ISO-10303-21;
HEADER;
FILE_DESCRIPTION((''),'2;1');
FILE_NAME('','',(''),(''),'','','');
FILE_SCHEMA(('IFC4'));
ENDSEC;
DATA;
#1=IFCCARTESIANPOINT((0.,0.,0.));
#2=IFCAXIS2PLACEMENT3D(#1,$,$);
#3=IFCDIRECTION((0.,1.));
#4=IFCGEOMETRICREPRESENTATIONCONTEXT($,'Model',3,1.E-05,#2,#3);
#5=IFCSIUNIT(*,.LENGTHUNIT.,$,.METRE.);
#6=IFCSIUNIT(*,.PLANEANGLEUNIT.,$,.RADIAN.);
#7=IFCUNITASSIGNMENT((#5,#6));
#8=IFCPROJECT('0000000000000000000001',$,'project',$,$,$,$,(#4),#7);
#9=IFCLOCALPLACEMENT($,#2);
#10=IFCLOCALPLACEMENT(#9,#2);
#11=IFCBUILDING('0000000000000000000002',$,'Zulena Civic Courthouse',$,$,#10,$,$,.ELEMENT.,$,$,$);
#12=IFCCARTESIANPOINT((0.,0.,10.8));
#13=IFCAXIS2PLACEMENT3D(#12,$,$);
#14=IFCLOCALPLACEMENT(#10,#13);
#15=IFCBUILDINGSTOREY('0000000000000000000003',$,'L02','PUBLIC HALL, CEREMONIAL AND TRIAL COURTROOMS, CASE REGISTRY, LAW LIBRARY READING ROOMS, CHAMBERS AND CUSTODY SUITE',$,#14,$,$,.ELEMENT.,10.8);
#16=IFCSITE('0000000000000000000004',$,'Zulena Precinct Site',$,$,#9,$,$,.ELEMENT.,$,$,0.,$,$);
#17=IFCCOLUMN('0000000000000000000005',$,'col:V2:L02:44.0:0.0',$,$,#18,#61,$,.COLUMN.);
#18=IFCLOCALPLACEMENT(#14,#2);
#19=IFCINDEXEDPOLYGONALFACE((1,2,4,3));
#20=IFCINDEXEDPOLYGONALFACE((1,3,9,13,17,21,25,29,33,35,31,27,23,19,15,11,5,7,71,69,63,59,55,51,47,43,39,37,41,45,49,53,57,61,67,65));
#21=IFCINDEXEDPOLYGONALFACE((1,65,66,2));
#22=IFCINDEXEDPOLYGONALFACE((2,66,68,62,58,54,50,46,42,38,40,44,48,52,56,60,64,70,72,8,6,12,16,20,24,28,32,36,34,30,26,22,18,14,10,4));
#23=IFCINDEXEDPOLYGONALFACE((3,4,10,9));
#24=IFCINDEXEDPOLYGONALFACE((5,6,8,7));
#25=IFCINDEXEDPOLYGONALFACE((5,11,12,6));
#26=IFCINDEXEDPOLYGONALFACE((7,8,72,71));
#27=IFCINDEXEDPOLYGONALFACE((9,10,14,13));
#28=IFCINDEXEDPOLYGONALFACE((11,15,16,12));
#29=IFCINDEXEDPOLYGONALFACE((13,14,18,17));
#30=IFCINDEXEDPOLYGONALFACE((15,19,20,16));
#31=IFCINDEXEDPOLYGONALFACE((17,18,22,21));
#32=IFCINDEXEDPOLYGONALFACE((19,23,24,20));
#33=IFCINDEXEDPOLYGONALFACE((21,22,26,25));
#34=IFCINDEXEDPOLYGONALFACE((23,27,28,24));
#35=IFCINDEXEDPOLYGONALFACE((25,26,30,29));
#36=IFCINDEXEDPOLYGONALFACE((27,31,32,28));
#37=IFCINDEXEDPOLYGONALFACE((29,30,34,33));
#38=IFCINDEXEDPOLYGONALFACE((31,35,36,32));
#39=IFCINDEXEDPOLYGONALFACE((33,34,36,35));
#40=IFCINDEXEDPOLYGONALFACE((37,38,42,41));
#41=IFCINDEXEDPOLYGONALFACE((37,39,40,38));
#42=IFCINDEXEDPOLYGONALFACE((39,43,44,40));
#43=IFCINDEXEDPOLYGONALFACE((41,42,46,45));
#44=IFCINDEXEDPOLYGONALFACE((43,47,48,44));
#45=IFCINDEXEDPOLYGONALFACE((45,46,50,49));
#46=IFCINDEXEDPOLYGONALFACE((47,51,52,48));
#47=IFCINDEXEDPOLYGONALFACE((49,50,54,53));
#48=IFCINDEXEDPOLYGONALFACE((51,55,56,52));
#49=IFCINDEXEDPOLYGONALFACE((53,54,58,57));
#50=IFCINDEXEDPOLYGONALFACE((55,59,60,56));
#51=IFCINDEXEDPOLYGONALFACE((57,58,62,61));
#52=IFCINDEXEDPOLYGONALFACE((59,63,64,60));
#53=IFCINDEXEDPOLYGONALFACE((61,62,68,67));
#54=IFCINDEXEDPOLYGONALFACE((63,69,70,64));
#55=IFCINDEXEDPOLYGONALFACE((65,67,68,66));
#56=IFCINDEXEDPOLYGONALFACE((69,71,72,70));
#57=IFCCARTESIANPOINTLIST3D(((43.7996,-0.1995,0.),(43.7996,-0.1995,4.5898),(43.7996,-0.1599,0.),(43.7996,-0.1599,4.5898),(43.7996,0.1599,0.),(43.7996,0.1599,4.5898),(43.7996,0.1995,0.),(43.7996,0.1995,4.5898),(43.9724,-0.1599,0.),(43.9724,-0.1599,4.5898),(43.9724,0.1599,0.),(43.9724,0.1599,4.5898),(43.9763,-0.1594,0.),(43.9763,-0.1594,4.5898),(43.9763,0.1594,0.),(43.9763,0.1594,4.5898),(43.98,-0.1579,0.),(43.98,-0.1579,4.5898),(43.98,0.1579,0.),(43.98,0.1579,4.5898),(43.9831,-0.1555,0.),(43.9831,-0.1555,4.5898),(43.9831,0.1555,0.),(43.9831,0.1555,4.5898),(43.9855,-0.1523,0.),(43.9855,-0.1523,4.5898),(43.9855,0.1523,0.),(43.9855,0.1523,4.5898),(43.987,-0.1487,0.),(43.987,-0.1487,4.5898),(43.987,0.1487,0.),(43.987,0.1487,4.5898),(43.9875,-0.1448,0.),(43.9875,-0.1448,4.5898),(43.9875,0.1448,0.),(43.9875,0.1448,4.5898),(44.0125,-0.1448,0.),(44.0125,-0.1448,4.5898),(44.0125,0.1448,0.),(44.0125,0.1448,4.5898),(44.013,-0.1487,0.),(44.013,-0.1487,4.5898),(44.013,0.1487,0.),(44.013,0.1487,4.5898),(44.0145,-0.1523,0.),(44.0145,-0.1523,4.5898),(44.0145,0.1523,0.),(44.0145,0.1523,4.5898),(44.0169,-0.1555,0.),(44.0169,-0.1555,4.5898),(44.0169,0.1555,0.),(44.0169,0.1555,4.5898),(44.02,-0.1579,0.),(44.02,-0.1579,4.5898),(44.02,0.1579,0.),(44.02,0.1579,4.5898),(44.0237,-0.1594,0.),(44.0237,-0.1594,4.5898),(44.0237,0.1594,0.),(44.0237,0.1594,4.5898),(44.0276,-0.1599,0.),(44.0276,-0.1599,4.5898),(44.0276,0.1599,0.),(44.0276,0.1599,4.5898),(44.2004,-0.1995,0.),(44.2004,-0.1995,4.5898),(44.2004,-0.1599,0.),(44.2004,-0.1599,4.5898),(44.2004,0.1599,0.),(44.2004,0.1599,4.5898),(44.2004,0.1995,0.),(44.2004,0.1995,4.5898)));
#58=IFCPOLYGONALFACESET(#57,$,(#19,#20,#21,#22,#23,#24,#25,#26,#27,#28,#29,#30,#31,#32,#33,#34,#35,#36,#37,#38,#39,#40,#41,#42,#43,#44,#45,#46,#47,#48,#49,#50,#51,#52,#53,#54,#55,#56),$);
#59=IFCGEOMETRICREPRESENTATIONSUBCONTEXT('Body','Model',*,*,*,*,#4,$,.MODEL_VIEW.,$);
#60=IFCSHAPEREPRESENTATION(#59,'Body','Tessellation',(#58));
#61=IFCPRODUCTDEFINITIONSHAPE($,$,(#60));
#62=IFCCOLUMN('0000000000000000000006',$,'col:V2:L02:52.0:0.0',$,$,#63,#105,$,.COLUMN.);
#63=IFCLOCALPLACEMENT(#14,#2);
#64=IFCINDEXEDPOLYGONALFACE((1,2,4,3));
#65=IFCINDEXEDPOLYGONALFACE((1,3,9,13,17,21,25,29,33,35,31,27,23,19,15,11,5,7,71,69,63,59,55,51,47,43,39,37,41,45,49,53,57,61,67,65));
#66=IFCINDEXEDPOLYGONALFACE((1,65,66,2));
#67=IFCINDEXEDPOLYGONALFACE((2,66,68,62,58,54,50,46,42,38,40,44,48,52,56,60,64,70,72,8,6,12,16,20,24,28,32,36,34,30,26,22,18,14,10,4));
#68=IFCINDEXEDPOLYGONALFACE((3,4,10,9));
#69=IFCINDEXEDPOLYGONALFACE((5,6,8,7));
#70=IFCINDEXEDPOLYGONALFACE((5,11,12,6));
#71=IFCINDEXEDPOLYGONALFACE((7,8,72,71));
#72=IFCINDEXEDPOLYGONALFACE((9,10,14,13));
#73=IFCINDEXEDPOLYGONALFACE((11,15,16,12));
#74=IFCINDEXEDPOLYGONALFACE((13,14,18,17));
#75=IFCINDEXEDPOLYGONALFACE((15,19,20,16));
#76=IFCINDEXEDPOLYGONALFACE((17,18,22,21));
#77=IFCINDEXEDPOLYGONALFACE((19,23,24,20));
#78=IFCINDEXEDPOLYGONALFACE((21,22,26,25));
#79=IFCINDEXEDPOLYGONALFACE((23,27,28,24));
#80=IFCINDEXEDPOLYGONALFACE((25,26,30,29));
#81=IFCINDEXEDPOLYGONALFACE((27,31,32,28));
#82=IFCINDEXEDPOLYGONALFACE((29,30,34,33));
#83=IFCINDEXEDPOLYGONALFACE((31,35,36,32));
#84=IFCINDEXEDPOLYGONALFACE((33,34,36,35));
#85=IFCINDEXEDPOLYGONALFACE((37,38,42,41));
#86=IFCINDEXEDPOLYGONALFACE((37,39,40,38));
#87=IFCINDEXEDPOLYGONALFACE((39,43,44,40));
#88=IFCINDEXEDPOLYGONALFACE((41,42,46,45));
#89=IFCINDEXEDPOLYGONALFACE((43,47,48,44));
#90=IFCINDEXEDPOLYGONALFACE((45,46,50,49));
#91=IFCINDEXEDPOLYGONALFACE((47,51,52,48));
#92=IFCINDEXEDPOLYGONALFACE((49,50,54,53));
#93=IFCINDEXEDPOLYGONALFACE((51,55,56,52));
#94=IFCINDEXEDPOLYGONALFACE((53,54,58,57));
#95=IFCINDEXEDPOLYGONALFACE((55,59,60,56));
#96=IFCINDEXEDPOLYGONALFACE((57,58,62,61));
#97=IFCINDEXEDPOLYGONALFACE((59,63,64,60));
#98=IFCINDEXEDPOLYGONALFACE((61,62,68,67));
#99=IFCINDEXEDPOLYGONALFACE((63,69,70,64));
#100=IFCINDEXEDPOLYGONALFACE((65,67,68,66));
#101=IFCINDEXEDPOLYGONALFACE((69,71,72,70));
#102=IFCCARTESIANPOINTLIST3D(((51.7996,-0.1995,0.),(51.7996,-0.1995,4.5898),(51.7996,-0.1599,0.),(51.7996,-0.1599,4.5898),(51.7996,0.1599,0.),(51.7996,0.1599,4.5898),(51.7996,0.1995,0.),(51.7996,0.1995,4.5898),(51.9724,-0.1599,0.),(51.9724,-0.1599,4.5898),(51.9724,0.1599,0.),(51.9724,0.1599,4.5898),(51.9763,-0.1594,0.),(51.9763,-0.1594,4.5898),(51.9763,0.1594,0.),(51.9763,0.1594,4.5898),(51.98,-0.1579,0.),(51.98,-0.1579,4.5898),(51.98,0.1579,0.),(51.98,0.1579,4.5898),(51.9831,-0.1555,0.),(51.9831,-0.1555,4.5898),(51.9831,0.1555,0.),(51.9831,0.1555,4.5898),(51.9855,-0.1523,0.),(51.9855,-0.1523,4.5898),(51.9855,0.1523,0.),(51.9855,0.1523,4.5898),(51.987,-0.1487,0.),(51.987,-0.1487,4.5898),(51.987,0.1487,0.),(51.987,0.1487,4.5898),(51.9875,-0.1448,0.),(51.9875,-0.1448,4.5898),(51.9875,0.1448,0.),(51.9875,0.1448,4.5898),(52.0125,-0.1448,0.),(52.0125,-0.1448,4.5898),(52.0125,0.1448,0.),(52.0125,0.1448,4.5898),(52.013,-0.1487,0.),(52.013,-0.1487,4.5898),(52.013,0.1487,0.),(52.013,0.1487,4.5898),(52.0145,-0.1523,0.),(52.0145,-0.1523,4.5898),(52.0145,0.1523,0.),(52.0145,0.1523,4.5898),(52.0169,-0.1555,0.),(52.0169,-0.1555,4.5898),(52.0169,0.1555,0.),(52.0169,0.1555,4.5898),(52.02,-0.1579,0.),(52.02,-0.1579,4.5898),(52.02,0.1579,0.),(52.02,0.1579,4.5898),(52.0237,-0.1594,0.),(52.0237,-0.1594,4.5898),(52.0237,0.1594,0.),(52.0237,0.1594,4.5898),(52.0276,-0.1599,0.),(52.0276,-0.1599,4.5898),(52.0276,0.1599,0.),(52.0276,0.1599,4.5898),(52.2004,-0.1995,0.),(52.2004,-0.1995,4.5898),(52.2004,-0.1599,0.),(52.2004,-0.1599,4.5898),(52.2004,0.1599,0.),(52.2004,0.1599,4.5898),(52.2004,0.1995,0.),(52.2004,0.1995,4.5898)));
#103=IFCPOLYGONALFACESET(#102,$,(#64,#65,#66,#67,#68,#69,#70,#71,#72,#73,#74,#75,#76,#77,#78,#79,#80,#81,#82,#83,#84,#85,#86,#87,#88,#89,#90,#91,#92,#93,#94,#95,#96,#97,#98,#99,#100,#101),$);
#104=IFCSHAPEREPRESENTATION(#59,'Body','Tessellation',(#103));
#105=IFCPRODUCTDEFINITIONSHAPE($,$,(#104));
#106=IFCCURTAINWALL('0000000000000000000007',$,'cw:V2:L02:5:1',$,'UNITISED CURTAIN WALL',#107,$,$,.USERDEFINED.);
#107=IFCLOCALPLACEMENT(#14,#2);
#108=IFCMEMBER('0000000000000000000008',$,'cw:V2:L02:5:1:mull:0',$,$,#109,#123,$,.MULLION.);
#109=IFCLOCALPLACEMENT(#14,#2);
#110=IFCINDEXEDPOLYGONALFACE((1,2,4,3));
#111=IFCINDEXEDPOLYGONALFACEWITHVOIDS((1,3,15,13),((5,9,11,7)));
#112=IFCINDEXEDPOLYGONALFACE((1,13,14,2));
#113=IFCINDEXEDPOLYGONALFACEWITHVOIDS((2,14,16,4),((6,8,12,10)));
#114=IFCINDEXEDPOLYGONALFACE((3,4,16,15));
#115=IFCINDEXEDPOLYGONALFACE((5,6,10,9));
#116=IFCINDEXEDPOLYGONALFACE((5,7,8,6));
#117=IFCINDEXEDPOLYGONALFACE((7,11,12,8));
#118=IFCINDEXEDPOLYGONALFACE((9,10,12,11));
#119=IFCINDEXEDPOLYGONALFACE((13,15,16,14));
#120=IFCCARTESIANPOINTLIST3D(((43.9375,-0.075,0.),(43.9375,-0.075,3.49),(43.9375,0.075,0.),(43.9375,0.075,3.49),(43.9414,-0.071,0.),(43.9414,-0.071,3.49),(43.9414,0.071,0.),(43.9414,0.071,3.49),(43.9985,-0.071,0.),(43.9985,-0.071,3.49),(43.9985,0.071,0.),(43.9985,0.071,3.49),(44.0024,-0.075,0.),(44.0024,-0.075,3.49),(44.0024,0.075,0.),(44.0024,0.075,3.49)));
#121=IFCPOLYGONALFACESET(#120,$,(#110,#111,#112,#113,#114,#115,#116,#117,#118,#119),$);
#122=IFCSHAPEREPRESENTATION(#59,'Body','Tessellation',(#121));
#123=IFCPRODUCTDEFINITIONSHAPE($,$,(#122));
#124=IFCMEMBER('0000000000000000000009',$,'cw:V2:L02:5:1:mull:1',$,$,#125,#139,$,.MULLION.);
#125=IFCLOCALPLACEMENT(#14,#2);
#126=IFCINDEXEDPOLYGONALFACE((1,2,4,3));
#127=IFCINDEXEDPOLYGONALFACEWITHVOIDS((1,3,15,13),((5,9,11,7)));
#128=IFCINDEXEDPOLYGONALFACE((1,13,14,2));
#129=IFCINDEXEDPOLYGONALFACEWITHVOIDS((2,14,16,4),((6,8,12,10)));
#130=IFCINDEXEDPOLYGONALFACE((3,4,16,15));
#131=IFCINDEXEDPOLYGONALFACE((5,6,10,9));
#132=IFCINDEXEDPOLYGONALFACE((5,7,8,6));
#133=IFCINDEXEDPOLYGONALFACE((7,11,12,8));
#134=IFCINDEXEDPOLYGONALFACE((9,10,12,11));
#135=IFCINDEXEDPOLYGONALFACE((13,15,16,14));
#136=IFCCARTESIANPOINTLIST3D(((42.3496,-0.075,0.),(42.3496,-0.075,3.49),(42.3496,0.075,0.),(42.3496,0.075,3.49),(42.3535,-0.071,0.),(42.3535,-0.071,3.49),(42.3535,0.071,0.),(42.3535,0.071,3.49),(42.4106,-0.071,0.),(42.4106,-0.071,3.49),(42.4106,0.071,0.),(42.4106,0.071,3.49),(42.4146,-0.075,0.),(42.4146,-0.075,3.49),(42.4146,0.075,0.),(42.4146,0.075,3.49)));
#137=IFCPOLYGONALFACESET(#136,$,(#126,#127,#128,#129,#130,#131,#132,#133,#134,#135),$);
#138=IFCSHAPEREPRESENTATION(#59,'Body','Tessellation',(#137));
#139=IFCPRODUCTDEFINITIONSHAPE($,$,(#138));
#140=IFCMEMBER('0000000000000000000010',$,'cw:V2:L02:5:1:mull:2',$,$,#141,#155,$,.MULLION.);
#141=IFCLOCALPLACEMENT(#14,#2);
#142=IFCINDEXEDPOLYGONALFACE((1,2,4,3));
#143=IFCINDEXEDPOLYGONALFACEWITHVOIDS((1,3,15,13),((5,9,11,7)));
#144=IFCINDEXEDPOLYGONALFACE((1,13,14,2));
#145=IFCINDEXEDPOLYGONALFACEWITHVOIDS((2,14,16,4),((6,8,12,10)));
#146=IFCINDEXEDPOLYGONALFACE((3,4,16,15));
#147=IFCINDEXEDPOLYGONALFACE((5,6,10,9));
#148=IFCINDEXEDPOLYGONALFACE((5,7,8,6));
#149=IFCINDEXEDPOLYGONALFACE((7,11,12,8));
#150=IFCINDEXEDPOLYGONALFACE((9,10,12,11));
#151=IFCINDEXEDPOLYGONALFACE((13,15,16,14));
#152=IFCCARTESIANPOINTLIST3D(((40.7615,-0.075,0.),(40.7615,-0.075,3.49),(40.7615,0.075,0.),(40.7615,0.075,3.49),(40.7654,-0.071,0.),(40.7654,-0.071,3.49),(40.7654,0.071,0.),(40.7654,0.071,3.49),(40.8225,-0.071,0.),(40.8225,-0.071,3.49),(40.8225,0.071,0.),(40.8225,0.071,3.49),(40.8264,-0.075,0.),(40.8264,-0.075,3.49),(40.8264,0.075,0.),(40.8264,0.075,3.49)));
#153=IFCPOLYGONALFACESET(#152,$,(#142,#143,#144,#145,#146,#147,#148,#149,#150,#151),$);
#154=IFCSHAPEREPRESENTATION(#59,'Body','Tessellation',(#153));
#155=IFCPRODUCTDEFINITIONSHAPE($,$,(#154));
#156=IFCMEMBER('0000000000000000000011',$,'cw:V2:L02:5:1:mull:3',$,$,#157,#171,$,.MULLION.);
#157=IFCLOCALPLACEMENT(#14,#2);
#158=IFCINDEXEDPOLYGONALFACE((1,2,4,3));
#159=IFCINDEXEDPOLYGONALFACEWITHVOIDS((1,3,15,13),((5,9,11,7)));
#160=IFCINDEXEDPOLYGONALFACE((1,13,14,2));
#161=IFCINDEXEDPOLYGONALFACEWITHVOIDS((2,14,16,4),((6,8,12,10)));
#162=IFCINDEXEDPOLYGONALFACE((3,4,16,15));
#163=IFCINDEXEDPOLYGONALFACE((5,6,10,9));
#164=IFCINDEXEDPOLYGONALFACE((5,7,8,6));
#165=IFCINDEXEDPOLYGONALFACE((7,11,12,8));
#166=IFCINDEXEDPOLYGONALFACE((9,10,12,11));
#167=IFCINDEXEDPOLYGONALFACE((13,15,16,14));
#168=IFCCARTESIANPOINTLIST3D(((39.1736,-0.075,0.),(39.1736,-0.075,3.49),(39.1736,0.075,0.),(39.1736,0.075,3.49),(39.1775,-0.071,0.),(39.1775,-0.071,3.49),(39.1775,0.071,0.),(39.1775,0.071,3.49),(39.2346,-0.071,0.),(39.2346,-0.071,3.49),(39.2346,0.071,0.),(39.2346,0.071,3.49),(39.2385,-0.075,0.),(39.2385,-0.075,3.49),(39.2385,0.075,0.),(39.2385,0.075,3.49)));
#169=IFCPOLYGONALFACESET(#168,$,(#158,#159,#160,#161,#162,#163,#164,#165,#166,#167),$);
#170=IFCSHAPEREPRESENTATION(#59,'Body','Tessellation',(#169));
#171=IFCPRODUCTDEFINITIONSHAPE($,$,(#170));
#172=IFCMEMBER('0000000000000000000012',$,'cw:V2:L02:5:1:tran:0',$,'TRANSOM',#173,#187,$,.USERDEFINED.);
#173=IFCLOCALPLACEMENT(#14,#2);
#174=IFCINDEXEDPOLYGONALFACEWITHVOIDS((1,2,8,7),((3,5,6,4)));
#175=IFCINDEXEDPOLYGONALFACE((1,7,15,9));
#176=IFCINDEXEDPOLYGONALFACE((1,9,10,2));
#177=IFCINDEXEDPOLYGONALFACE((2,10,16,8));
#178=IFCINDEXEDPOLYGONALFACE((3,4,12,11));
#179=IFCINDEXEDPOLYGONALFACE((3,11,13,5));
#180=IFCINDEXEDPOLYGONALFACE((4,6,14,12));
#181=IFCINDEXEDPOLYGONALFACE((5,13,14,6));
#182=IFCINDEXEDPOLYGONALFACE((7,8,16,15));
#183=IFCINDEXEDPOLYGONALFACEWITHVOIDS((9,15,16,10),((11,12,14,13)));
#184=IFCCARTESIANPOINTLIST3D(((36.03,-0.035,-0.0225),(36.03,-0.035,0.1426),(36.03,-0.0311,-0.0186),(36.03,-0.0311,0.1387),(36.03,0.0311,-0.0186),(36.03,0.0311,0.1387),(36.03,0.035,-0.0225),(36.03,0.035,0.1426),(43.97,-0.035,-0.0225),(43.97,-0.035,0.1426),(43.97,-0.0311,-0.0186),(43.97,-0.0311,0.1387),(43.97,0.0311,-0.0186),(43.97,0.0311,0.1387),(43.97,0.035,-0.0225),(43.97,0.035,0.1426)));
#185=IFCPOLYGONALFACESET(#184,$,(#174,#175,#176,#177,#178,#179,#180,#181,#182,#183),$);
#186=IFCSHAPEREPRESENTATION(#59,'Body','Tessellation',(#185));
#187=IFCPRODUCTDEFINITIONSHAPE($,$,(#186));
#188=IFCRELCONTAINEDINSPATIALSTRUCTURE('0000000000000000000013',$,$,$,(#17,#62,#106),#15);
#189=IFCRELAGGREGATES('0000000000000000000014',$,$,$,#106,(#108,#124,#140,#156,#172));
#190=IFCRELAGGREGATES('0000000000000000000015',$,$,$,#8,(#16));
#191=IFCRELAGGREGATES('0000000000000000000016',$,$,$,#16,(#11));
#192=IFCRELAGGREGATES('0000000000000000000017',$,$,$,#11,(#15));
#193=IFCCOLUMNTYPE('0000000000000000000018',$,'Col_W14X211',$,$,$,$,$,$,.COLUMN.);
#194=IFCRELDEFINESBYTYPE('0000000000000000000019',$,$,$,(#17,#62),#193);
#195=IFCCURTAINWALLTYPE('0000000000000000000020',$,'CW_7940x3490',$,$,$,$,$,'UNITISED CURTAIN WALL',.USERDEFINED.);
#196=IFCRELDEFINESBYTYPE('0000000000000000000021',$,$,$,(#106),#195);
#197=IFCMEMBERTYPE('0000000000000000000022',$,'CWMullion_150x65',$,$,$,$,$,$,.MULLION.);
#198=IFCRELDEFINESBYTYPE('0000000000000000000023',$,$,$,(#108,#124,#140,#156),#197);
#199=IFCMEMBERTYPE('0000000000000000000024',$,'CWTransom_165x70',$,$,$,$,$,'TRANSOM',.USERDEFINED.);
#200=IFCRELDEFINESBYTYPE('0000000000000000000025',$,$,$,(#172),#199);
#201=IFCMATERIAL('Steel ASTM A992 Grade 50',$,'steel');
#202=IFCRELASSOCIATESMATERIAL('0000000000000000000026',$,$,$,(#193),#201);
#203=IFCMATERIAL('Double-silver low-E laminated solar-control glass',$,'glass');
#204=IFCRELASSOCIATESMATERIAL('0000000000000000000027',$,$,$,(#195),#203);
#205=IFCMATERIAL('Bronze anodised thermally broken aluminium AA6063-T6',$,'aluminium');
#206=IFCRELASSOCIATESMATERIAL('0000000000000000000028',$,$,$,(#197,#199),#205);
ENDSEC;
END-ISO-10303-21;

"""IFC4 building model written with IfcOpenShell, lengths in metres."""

from ifc_helpers import new_model, si_unit, direction, frame, origin, origin_2d, place, context, subcontext, project, spatial, hollow_rectangle, i_section, extrude, material, material_profile, profile_set, type_object, element, aggregate, save


model = new_model("IFC4")

# Units and contexts
model_context = context("Model", 3, precision=1e-05, world=origin(), true_north=direction((0.0, 1.0)))
body_context = subcontext(model_context, "Body", "Model", "MODEL_VIEW")
ifc_project = project(units=[si_unit("LENGTHUNIT", "METRE"), si_unit("PLANEANGLEUNIT", "RADIAN")], contexts=[model_context])

# Site, building, storey
site_placement = place(None, origin())
site = spatial("IfcSite", under=ifc_project, at=site_placement, Name="Zulena Precinct Site", CompositionType="ELEMENT", RefElevation=0.0)
building_placement = place(site_placement, origin())
building = spatial("IfcBuilding", under=site, at=building_placement, Name="Zulena Civic Courthouse", CompositionType="ELEMENT")
storey_placement = place(building_placement, frame((0.0, 0.0, 10.8)))
storey = spatial("IfcBuildingStorey", under=building, at=storey_placement, Name="L02", Description="PUBLIC HALL, CEREMONIAL AND TRIAL COURTROOMS, CASE REGISTRY, LAW LIBRARY READING ROOMS, CHAMBERS AND CUSTODY SUITE", CompositionType="ELEMENT", Elevation=10.8)

# Columns
ifc_material_1 = material(Name="Steel ASTM A992 Grade 50", Category="steel")
ifc_material_profile_1 = material_profile(ifc_material_1, i_section(OverallWidth=0.4009, OverallDepth=0.3989, WebThickness=0.0249, FlangeThickness=0.0396, FilletRadius=0.0151, at=origin_2d()), Name="W14X211")
ifc_profile_set_1 = profile_set([ifc_material_profile_1], Name="Steel ASTM A992 Grade 50")
column_type = type_object("IfcColumnType", Name="Col_W14X211", PredefinedType="COLUMN", material=ifc_profile_set_1)
for number, where, z_axis, x_axis, name in (
    (1, (44.0, 0.0, 0.0), (0.0, 0.0, 1.0), (1.0, 0.0, 0.0), "col:V2:L02:44.0:0.0"),
    (2, (52.0, 0.0, 0.0), (0.0, 0.0, 1.0), (1.0, 0.0, 0.0), "col:V2:L02:52.0:0.0"),
):
    element("IfcColumn", number, at=place(storey_placement, frame(where, z_axis=z_axis, x_axis=x_axis)), inside=storey, type_object=column_type, Name=name, PredefinedType="COLUMN", context=body_context, shape_type="SweptSolid", body=[
        extrude(i_section(OverallWidth=0.4009, OverallDepth=0.3989, WebThickness=0.0249, FlangeThickness=0.0396, FilletRadius=0.0151, at=origin_2d()), origin(), (0.0, 0.0, 1.0), 4.5898),
    ])

# Curtain wall, members
ifc_material_2 = material(Name="Double-silver low-E laminated solar-control glass", Category="glass")
curtain_wall_type = type_object("IfcCurtainWallType", Name="CW_7940x3490", ElementType="UNITISED CURTAIN WALL", PredefinedType="USERDEFINED", material=ifc_material_2)
curtain_wall_placement = place(storey_placement, origin())
curtain_wall = element("IfcCurtainWall", 3, at=curtain_wall_placement, inside=storey, type_object=curtain_wall_type, Name="cw:V2:L02:5:1", ObjectType="UNITISED CURTAIN WALL", PredefinedType="USERDEFINED")
ifc_material_3 = material(Name="Bronze anodised thermally broken aluminium AA6063-T6", Category="aluminium")
ifc_material_profile_2 = material_profile(ifc_material_3, hollow_rectangle(XDim=0.0649, YDim=0.1499, WallThickness=0.0039, at=origin_2d()), Name="CWM150X65X4")
ifc_profile_set_2 = profile_set([ifc_material_profile_2], Name="Bronze anodised thermally broken aluminium AA6063-T6")
member_type_1 = type_object("IfcMemberType", Name="CWMullion_150x65", PredefinedType="MULLION", material=ifc_profile_set_2)
member_1_placement = place(storey_placement, frame((43.97, 0.0, 0.0), z_axis=(0.0, 0.0, 1.0), x_axis=(1.0, 0.0, 0.0)))
member_1 = element("IfcMember", 4, at=member_1_placement, type_object=member_type_1, Name="cw:V2:L02:5:1:mull:0", PredefinedType="MULLION", context=body_context, shape_type="SweptSolid", body=[
    extrude(hollow_rectangle(XDim=0.0649, YDim=0.1499, WallThickness=0.0039, at=origin_2d()), origin(), (0.0, 0.0, 1.0), 3.49),
])
member_2_placement = place(storey_placement, frame((42.3821, 0.0, 0.0), z_axis=(0.0, 0.0, 1.0), x_axis=(1.0, 0.0, 0.0)))
member_2 = element("IfcMember", 5, at=member_2_placement, type_object=member_type_1, Name="cw:V2:L02:5:1:mull:1", PredefinedType="MULLION", context=body_context, shape_type="SweptSolid", body=[
    extrude(hollow_rectangle(XDim=0.0649, YDim=0.1499, WallThickness=0.0039, at=origin_2d()), origin(), (0.0, 0.0, 1.0), 3.49),
])
member_3_placement = place(storey_placement, frame((40.7939, 0.0, 0.0), z_axis=(0.0, 0.0, 1.0), x_axis=(1.0, 0.0, 0.0)))
member_3 = element("IfcMember", 6, at=member_3_placement, type_object=member_type_1, Name="cw:V2:L02:5:1:mull:2", PredefinedType="MULLION", context=body_context, shape_type="SweptSolid", body=[
    extrude(hollow_rectangle(XDim=0.0649, YDim=0.1499, WallThickness=0.0039, at=origin_2d()), origin(), (0.0, 0.0, 1.0), 3.49),
])
member_4_placement = place(storey_placement, frame((39.2061, 0.0, 0.0), z_axis=(0.0, 0.0, 1.0), x_axis=(1.0, 0.0, 0.0)))
member_4 = element("IfcMember", 7, at=member_4_placement, type_object=member_type_1, Name="cw:V2:L02:5:1:mull:3", PredefinedType="MULLION", context=body_context, shape_type="SweptSolid", body=[
    extrude(hollow_rectangle(XDim=0.0649, YDim=0.1499, WallThickness=0.0039, at=origin_2d()), origin(), (0.0, 0.0, 1.0), 3.49),
])
ifc_material_profile_3 = material_profile(ifc_material_3, hollow_rectangle(XDim=0.0701, YDim=0.165, WallThickness=0.0039, at=origin_2d()), Name="CWT165X70X4")
ifc_profile_set_3 = profile_set([ifc_material_profile_3], Name="Bronze anodised thermally broken aluminium AA6063-T6")
member_type_2 = type_object("IfcMemberType", Name="CWTransom_165x70", ElementType="TRANSOM", PredefinedType="USERDEFINED", material=ifc_profile_set_3)
member_5_placement = place(storey_placement, frame((43.97, 0.0, 0.0601), z_axis=(-1.0, 0.0, 0.0), x_axis=(0.0, -1.0, 0.0)))
member_5 = element("IfcMember", 8, at=member_5_placement, type_object=member_type_2, Name="cw:V2:L02:5:1:tran:0", ObjectType="TRANSOM", PredefinedType="USERDEFINED", context=body_context, shape_type="SweptSolid", body=[
    extrude(hollow_rectangle(XDim=0.0701, YDim=0.165, WallThickness=0.0039, at=origin_2d()), origin(), (0.0, 0.0, 1.0), 7.9399),
])

aggregate(curtain_wall, [member_1, member_2, member_3, member_4, member_5])

save(model, "model.ifc")
